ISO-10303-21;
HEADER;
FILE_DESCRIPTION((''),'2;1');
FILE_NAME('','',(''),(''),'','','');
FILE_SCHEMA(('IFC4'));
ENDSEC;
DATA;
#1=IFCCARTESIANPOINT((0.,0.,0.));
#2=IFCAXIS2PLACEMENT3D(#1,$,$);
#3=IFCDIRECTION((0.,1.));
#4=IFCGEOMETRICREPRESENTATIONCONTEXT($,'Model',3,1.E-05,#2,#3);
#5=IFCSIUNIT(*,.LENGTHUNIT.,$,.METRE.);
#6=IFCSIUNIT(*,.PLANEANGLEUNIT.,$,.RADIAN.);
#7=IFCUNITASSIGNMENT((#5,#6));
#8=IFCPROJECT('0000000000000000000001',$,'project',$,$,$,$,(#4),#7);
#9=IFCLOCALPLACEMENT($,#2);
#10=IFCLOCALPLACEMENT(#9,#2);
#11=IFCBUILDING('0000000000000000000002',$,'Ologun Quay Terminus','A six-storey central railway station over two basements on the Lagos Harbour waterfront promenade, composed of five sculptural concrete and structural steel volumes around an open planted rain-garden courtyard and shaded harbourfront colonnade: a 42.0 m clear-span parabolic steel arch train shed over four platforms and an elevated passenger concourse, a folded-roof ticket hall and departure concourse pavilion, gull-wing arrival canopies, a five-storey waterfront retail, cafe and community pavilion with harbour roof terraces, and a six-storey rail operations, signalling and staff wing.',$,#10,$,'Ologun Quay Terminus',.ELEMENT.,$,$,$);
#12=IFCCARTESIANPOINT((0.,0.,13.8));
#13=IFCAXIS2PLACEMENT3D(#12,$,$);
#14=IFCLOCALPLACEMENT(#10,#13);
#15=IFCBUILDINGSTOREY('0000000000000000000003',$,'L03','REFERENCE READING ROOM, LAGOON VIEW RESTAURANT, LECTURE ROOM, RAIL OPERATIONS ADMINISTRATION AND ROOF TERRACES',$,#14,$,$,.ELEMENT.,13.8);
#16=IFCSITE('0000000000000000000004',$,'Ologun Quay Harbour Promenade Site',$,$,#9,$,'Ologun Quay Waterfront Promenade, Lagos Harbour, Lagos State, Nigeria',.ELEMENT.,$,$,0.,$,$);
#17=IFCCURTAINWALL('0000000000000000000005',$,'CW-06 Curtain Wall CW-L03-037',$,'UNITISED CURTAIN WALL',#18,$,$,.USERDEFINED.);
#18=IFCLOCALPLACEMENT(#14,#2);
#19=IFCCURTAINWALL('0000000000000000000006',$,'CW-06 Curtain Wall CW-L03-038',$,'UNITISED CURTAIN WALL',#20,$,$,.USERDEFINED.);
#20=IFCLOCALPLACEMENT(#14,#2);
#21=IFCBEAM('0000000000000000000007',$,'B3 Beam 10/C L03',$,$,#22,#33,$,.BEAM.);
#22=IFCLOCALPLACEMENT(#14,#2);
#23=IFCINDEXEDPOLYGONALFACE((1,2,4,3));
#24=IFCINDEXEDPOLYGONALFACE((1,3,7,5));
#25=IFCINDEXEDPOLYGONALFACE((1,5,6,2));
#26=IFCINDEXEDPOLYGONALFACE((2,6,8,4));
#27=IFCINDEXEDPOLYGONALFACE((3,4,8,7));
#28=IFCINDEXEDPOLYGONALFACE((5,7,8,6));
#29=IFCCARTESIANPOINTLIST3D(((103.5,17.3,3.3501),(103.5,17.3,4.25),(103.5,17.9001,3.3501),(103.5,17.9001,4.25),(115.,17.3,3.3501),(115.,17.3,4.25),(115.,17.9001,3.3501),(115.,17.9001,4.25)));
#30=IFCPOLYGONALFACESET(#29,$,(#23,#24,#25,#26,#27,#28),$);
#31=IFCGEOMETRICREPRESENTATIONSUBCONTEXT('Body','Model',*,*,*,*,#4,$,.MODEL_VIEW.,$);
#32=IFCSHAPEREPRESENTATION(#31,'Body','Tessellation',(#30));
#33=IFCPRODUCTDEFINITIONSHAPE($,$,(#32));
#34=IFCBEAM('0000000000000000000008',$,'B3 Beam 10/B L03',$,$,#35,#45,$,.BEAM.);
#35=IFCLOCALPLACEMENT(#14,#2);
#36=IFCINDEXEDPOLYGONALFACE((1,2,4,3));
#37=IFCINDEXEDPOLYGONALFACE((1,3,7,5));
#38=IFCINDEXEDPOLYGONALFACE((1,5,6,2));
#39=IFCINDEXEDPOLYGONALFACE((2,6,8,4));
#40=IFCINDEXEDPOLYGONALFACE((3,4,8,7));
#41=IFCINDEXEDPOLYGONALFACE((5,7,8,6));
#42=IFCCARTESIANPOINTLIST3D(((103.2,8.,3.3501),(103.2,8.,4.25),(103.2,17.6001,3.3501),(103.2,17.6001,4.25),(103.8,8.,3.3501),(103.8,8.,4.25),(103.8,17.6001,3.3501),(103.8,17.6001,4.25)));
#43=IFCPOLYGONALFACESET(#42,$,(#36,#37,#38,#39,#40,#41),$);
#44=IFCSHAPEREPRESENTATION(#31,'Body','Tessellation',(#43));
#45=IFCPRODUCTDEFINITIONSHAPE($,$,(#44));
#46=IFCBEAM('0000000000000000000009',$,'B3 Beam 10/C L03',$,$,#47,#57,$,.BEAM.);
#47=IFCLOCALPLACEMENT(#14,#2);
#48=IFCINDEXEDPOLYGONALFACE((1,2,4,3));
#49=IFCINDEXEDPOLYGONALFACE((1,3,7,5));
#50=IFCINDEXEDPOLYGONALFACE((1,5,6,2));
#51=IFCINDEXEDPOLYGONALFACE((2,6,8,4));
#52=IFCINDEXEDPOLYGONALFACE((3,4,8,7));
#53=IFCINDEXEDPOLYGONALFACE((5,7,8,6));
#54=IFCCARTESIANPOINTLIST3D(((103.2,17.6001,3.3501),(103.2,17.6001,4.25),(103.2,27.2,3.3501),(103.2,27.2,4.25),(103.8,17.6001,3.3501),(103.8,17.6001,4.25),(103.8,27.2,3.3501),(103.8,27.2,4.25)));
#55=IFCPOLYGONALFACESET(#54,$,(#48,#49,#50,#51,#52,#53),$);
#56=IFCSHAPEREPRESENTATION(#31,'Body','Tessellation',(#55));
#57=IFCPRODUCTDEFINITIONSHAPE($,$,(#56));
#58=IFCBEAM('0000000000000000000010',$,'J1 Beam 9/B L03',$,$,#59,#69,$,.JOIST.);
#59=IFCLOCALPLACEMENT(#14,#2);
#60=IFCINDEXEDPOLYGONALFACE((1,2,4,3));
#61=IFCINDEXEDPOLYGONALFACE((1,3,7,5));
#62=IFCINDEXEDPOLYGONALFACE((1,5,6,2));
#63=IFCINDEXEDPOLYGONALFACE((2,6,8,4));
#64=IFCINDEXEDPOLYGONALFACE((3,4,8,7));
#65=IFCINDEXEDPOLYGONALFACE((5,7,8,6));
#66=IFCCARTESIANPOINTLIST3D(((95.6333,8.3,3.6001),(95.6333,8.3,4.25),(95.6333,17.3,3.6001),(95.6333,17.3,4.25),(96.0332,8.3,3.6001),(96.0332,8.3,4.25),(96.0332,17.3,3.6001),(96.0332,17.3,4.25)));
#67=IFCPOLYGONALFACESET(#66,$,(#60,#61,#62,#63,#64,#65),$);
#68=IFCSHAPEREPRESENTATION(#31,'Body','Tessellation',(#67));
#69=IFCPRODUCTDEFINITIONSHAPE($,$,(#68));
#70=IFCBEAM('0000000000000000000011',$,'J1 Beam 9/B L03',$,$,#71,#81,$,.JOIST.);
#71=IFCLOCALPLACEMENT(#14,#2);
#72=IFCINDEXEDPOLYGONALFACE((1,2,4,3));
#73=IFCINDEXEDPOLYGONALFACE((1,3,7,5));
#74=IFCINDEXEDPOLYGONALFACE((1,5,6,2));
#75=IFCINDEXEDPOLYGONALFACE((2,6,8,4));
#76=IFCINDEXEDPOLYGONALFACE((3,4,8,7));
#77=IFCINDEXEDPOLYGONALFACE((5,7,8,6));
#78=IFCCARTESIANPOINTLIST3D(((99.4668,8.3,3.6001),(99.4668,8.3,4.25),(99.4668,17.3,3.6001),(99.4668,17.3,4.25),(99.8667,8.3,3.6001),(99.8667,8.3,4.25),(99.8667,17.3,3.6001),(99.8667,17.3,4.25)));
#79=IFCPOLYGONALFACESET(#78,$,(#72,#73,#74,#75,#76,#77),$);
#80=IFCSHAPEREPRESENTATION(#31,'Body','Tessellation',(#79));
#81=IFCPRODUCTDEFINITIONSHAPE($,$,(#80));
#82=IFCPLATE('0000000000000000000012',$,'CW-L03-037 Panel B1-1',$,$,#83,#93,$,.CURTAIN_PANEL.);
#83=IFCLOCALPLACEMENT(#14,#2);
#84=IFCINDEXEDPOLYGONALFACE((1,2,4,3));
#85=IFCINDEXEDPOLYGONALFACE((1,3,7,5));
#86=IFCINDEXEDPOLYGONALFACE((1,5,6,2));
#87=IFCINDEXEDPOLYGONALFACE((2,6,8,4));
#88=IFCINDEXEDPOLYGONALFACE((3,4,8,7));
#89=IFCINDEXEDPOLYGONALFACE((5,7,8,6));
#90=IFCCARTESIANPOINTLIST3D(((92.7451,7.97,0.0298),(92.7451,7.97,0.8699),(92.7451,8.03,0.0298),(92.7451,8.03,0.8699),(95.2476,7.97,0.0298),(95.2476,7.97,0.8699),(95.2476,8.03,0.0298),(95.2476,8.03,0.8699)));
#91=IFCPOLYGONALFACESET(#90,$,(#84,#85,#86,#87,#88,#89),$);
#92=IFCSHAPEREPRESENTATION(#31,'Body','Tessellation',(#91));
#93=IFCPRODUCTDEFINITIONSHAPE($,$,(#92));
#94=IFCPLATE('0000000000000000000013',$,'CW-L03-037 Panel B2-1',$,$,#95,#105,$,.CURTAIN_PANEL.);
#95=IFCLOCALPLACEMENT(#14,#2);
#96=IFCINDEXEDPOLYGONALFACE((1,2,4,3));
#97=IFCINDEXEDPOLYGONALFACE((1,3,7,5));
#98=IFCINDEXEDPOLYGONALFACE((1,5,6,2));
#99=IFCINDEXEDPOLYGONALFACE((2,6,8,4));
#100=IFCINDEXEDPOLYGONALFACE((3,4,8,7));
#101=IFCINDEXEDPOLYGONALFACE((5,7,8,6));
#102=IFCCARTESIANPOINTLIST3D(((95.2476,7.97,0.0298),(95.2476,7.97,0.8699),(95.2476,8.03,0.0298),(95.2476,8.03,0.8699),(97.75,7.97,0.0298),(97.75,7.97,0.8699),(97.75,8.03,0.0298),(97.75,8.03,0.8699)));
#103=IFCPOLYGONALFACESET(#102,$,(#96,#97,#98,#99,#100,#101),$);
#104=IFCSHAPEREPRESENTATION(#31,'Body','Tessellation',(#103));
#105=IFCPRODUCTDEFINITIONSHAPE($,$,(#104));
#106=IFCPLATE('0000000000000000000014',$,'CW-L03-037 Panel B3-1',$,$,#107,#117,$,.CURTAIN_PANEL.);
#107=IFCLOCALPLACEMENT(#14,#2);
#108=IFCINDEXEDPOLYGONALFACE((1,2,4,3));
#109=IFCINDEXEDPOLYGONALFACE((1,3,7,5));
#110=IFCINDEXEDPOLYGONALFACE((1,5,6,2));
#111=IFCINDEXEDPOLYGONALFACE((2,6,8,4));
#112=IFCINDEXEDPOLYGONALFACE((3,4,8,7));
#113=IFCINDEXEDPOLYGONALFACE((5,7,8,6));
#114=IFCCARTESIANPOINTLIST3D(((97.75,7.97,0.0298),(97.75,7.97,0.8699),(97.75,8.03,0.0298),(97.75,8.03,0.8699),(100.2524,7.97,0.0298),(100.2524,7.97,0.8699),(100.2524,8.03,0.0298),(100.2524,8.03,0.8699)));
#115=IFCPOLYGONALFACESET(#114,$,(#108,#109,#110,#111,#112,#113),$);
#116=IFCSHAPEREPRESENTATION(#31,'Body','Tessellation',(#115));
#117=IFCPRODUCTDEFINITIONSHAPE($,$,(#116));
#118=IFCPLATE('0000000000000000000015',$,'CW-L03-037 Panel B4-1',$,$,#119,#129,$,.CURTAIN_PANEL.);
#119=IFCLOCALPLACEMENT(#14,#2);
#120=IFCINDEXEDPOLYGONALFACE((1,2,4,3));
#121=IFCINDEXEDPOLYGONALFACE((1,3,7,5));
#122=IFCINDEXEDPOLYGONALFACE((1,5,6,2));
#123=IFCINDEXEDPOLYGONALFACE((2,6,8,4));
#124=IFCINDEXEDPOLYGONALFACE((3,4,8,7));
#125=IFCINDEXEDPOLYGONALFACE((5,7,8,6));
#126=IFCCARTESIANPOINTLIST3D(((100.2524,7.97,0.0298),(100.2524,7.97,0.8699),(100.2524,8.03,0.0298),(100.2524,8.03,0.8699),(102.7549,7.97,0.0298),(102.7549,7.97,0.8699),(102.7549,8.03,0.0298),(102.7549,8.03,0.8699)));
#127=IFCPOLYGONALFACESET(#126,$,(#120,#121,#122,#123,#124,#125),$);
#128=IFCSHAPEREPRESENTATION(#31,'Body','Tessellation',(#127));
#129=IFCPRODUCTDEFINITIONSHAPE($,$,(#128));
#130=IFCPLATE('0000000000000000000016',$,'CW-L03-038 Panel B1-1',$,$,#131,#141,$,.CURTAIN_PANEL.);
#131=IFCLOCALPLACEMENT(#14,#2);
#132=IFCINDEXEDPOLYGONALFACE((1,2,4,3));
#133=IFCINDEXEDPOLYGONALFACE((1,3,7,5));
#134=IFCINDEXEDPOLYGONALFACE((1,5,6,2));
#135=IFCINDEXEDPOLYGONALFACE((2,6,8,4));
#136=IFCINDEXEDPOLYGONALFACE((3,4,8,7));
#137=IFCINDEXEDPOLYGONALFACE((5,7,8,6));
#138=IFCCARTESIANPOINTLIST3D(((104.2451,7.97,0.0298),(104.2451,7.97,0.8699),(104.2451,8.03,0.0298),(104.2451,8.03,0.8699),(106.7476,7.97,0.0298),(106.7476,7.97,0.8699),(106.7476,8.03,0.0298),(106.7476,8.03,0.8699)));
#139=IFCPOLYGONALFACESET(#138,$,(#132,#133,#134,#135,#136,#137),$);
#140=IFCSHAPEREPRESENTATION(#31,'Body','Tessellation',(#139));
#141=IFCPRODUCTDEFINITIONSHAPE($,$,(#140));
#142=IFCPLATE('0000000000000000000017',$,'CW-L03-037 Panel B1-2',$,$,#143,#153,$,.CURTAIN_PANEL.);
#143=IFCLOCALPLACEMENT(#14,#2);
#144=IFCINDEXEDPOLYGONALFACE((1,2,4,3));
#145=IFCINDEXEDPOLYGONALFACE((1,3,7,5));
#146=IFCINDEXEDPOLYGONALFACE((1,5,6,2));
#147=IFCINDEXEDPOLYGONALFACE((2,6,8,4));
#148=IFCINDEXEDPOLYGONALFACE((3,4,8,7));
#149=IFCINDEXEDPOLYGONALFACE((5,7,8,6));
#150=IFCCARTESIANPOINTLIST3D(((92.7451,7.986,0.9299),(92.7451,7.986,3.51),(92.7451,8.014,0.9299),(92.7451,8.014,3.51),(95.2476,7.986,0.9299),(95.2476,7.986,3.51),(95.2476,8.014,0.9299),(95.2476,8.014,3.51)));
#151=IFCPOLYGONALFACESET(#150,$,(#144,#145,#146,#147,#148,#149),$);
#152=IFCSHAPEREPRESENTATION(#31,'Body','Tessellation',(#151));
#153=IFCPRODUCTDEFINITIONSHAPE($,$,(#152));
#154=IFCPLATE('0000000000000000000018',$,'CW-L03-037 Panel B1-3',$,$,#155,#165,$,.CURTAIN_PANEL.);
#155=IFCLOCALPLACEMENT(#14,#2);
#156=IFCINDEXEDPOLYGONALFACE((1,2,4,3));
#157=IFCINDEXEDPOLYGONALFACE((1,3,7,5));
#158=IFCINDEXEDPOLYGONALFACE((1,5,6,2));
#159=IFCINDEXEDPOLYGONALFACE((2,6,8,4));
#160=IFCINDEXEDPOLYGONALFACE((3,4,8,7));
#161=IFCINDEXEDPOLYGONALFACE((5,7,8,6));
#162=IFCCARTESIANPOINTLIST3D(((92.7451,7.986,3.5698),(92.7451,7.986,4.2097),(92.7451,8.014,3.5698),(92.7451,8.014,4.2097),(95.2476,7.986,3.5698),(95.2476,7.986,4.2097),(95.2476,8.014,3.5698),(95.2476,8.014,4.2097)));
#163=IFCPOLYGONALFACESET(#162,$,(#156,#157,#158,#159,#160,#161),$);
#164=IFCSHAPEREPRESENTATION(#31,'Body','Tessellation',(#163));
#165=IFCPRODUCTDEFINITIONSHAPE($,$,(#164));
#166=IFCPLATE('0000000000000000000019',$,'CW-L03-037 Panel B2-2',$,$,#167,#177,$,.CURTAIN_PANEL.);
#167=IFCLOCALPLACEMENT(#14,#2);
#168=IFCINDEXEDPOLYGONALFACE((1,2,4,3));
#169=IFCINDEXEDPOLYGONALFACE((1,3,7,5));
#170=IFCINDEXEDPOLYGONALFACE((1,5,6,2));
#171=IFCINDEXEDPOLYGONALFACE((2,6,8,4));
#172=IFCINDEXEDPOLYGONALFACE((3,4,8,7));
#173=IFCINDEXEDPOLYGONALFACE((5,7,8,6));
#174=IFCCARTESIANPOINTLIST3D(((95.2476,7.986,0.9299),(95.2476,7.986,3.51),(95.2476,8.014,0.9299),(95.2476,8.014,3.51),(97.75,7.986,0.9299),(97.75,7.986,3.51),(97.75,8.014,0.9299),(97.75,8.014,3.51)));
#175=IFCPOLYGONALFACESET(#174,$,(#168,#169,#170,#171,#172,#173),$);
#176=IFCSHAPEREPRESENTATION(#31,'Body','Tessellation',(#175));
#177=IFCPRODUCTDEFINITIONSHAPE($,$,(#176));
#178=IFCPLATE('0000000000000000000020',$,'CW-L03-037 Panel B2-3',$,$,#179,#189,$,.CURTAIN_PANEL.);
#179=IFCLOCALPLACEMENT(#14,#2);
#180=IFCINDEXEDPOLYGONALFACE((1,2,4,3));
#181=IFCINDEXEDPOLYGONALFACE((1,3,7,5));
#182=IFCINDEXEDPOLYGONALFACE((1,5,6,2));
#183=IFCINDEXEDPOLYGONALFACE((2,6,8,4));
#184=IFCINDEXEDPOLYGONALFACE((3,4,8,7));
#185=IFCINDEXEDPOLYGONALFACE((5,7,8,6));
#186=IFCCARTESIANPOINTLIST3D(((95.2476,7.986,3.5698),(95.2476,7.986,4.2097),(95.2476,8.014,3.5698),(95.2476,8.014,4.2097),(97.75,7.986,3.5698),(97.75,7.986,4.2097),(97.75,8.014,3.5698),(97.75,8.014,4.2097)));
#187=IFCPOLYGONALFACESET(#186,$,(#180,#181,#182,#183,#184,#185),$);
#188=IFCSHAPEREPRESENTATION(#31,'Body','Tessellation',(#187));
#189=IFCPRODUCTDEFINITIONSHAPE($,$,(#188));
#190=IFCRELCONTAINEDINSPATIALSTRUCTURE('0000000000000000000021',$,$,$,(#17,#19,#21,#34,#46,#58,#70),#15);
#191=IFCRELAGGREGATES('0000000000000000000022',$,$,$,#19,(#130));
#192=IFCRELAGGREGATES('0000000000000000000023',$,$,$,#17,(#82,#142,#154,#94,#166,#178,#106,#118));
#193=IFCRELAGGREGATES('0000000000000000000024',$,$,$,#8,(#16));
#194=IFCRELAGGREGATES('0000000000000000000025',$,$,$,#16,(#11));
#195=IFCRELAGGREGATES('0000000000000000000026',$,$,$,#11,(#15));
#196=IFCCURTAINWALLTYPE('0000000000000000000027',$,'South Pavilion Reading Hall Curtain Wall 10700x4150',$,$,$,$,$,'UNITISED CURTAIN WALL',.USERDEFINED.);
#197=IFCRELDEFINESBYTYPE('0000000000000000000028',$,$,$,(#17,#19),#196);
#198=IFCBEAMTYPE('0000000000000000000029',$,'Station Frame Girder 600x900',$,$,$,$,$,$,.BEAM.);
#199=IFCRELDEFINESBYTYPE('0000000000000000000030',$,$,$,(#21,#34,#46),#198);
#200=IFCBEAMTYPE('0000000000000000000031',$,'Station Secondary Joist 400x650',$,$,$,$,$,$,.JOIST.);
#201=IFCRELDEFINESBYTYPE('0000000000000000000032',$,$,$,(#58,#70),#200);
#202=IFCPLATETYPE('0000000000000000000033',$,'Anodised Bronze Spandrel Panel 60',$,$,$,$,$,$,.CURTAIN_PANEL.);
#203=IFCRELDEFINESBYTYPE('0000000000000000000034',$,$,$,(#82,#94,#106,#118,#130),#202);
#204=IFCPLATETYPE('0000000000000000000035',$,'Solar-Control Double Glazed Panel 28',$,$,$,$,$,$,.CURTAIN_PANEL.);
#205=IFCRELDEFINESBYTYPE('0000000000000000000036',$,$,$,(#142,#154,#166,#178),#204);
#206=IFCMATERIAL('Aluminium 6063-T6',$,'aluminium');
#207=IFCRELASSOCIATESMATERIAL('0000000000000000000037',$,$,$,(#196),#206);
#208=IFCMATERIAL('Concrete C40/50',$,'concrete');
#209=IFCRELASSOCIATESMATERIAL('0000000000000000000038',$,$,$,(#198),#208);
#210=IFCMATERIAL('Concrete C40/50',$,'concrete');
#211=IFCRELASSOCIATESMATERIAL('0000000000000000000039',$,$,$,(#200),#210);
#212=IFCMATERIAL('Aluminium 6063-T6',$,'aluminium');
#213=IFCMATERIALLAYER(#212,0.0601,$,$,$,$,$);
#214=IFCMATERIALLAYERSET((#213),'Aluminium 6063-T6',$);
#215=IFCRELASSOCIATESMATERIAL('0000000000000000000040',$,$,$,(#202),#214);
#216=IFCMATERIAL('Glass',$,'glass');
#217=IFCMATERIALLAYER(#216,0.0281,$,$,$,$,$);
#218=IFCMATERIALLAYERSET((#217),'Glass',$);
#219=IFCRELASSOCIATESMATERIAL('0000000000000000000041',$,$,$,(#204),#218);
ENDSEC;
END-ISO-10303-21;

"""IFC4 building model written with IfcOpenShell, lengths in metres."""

from ifc_helpers import new_model, si_unit, direction, frame, origin, origin_2d, place, context, subcontext, project, spatial, rectangle, extrude, material, layer, layer_set, material_profile, profile_set, type_object, element, aggregate, save


model = new_model("IFC4")

# Units and contexts
model_context = context("Model", 3, precision=1e-05, world=origin(), true_north=direction((0.0, 1.0)))
body_context = subcontext(model_context, "Body", "Model", "MODEL_VIEW")
ifc_project = project(units=[si_unit("LENGTHUNIT", "METRE"), si_unit("PLANEANGLEUNIT", "RADIAN")], contexts=[model_context])

# Site, building, storey
site_placement = place(None, origin())
site = spatial("IfcSite", under=ifc_project, at=site_placement, Name="Ologun Quay Harbour Promenade Site", LongName="Ologun Quay Waterfront Promenade, Lagos Harbour, Lagos State, Nigeria", CompositionType="ELEMENT", RefElevation=0.0)
building_placement = place(site_placement, origin())
building = spatial("IfcBuilding", under=site, at=building_placement, Name="Ologun Quay Terminus", Description="A six-storey central railway station over two basements on the Lagos Harbour waterfront promenade, composed of five sculptural concrete and structural steel volumes around an open planted rain-garden courtyard and shaded harbourfront colonnade: a 42.0 m clear-span parabolic steel arch train shed over four platforms and an elevated passenger concourse, a folded-roof ticket hall and departure concourse pavilion, gull-wing arrival canopies, a five-storey waterfront retail, cafe and community pavilion with harbour roof terraces, and a six-storey rail operations, signalling and staff wing.", LongName="Ologun Quay Terminus", CompositionType="ELEMENT")
storey_placement = place(building_placement, frame((0.0, 0.0, 13.8)))
storey = spatial("IfcBuildingStorey", under=building, at=storey_placement, Name="L03", Description="REFERENCE READING ROOM, LAGOON VIEW RESTAURANT, LECTURE ROOM, RAIL OPERATIONS ADMINISTRATION AND ROOF TERRACES", CompositionType="ELEMENT", Elevation=13.8)

# Curtain wall
ifc_material_1 = material(Name="Aluminium 6063-T6", Category="aluminium")
curtain_wall_type = type_object("IfcCurtainWallType", Name="South Pavilion Reading Hall Curtain Wall 10700x4150", ElementType="UNITISED CURTAIN WALL", PredefinedType="USERDEFINED", material=ifc_material_1)
curtain_wall_1_placement = place(storey_placement, origin())
curtain_wall_1 = element("IfcCurtainWall", 1, at=curtain_wall_1_placement, inside=storey, type_object=curtain_wall_type, Name="CW-06 Curtain Wall CW-L03-037", ObjectType="UNITISED CURTAIN WALL", PredefinedType="USERDEFINED")

# Curtain wall
curtain_wall_2_placement = place(storey_placement, origin())
curtain_wall_2 = element("IfcCurtainWall", 2, at=curtain_wall_2_placement, inside=storey, type_object=curtain_wall_type, Name="CW-06 Curtain Wall CW-L03-038", ObjectType="UNITISED CURTAIN WALL", PredefinedType="USERDEFINED")

# Beams
ifc_material_2 = material(Name="Concrete C40/50", Category="concrete")
ifc_material_profile_1 = material_profile(ifc_material_2, rectangle(XDim=0.6001, YDim=0.8999, at=origin_2d()), Name="RC 600x900")
ifc_profile_set_1 = profile_set([ifc_material_profile_1], Name="Concrete C40/50")
beam_type_1 = type_object("IfcBeamType", Name="Station Frame Girder 600x900", PredefinedType="BEAM", material=ifc_profile_set_1)
for number, where, z_axis, x_axis, name in (
    (3, (103.5, 17.6001, 3.8), (1.0, 0.0, 0.0), (0.0, 1.0, 0.0), "B3 Beam 10/C L03"),
):
    element("IfcBeam", number, at=place(storey_placement, frame(where, z_axis=z_axis, x_axis=x_axis)), inside=storey, type_object=beam_type_1, Name=name, PredefinedType="BEAM", context=body_context, shape_type="SweptSolid", body=[
        extrude(rectangle(XDim=0.6001, YDim=0.8999, at=origin_2d()), origin(), (0.0, 0.0, 1.0), 11.5),
    ])
beam_1_placement = place(storey_placement, frame((103.5, 8.0, 3.8), z_axis=(0.0, 1.0, 0.0), x_axis=(-1.0, 0.0, 0.0)))
element("IfcBeam", 4, at=beam_1_placement, inside=storey, type_object=beam_type_1, Name="B3 Beam 10/B L03", PredefinedType="BEAM", context=body_context, shape_type="SweptSolid", body=[
    extrude(rectangle(XDim=0.6001, YDim=0.8999, at=origin_2d()), origin(), (0.0, 0.0, 1.0), 9.6001),
])
beam_2_placement = place(storey_placement, frame((103.5, 17.6001, 3.8), z_axis=(0.0, 1.0, 0.0), x_axis=(-1.0, 0.0, 0.0)))
element("IfcBeam", 5, at=beam_2_placement, inside=storey, type_object=beam_type_1, Name="B3 Beam 10/C L03", PredefinedType="BEAM", context=body_context, shape_type="SweptSolid", body=[
    extrude(rectangle(XDim=0.6001, YDim=0.8999, at=origin_2d()), origin(), (0.0, 0.0, 1.0), 9.5999),
])
ifc_material_3 = material(Name="Concrete C40/50", Category="concrete")
ifc_material_profile_2 = material_profile(ifc_material_3, rectangle(XDim=0.3999, YDim=0.6499, at=origin_2d()), Name="RC 400x650")
ifc_profile_set_2 = profile_set([ifc_material_profile_2], Name="Concrete C40/50")
beam_type_2 = type_object("IfcBeamType", Name="Station Secondary Joist 400x650", PredefinedType="JOIST", material=ifc_profile_set_2)
for number, where, z_axis, x_axis, name in (
    (6, (95.8333, 8.3, 3.925), (0.0, 1.0, 0.0), (-1.0, 0.0, 0.0), "J1 Beam 9/B L03"),
    (7, (99.6667, 8.3, 3.925), (0.0, 1.0, 0.0), (-1.0, 0.0, 0.0), "J1 Beam 9/B L03"),
):
    element("IfcBeam", number, at=place(storey_placement, frame(where, z_axis=z_axis, x_axis=x_axis)), inside=storey, type_object=beam_type_2, Name=name, PredefinedType="JOIST", context=body_context, shape_type="SweptSolid", body=[
        extrude(rectangle(XDim=0.3999, YDim=0.6499, at=origin_2d()), origin(), (0.0, 0.0, 1.0), 9.0),
    ])

# Plates
ifc_material_4 = material(Name="Aluminium 6063-T6", Category="aluminium")
ifc_layer_1 = layer(ifc_material_4, 0.0601)
ifc_layer_set_1 = layer_set([ifc_layer_1], Name="Aluminium 6063-T6")
plate_type_1 = type_object("IfcPlateType", Name="Anodised Bronze Spandrel Panel 60", PredefinedType="CURTAIN_PANEL", material=ifc_layer_set_1)
plate_1_placement = place(storey_placement, frame((93.9963, 8.0, 0.0298), z_axis=(0.0, 0.0, 1.0), x_axis=(1.0, 0.0, 0.0)))
plate_1 = element("IfcPlate", 8, at=plate_1_placement, type_object=plate_type_1, Name="CW-L03-037 Panel B1-1", PredefinedType="CURTAIN_PANEL", context=body_context, shape_type="SweptSolid", body=[
    extrude(rectangle(XDim=2.5024, YDim=0.0601, at=origin_2d()), origin(), (0.0, 0.0, 1.0), 0.8401),
])
plate_2_placement = place(storey_placement, frame((96.4988, 8.0, 0.0298), z_axis=(0.0, 0.0, 1.0), x_axis=(1.0, 0.0, 0.0)))
plate_2 = element("IfcPlate", 9, at=plate_2_placement, type_object=plate_type_1, Name="CW-L03-037 Panel B2-1", PredefinedType="CURTAIN_PANEL", context=body_context, shape_type="SweptSolid", body=[
    extrude(rectangle(XDim=2.5024, YDim=0.0601, at=origin_2d()), origin(), (0.0, 0.0, 1.0), 0.8401),
])
plate_3_placement = place(storey_placement, frame((99.0012, 8.0, 0.0298), z_axis=(0.0, 0.0, 1.0), x_axis=(1.0, 0.0, 0.0)))
plate_3 = element("IfcPlate", 10, at=plate_3_placement, type_object=plate_type_1, Name="CW-L03-037 Panel B3-1", PredefinedType="CURTAIN_PANEL", context=body_context, shape_type="SweptSolid", body=[
    extrude(rectangle(XDim=2.5024, YDim=0.0601, at=origin_2d()), origin(), (0.0, 0.0, 1.0), 0.8401),
])
plate_4_placement = place(storey_placement, frame((101.5037, 8.0, 0.0298), z_axis=(0.0, 0.0, 1.0), x_axis=(1.0, 0.0, 0.0)))
plate_4 = element("IfcPlate", 11, at=plate_4_placement, type_object=plate_type_1, Name="CW-L03-037 Panel B4-1", PredefinedType="CURTAIN_PANEL", context=body_context, shape_type="SweptSolid", body=[
    extrude(rectangle(XDim=2.5024, YDim=0.0601, at=origin_2d()), origin(), (0.0, 0.0, 1.0), 0.8401),
])
plate_5_placement = place(storey_placement, frame((105.4963, 8.0, 0.0298), z_axis=(0.0, 0.0, 1.0), x_axis=(1.0, 0.0, 0.0)))
plate_5 = element("IfcPlate", 12, at=plate_5_placement, type_object=plate_type_1, Name="CW-L03-038 Panel B1-1", PredefinedType="CURTAIN_PANEL", context=body_context, shape_type="SweptSolid", body=[
    extrude(rectangle(XDim=2.5024, YDim=0.0601, at=origin_2d()), origin(), (0.0, 0.0, 1.0), 0.8401),
])
aggregate(curtain_wall_2, [plate_5])
ifc_material_5 = material(Name="Glass", Category="glass")
ifc_layer_2 = layer(ifc_material_5, 0.0281)
ifc_layer_set_2 = layer_set([ifc_layer_2], Name="Glass")
plate_type_2 = type_object("IfcPlateType", Name="Solar-Control Double Glazed Panel 28", PredefinedType="CURTAIN_PANEL", material=ifc_layer_set_2)
plate_6_placement = place(storey_placement, frame((93.9963, 8.0, 0.9299), z_axis=(0.0, 0.0, 1.0), x_axis=(1.0, 0.0, 0.0)))
plate_6 = element("IfcPlate", 13, at=plate_6_placement, type_object=plate_type_2, Name="CW-L03-037 Panel B1-2", PredefinedType="CURTAIN_PANEL", context=body_context, shape_type="SweptSolid", body=[
    extrude(rectangle(XDim=2.5024, YDim=0.0281, at=origin_2d()), origin(), (0.0, 0.0, 1.0), 2.5801),
])
plate_7_placement = place(storey_placement, frame((93.9963, 8.0, 3.5698), z_axis=(0.0, 0.0, 1.0), x_axis=(1.0, 0.0, 0.0)))
plate_7 = element("IfcPlate", 14, at=plate_7_placement, type_object=plate_type_2, Name="CW-L03-037 Panel B1-3", PredefinedType="CURTAIN_PANEL", context=body_context, shape_type="SweptSolid", body=[
    extrude(rectangle(XDim=2.5024, YDim=0.0281, at=origin_2d()), origin(), (0.0, 0.0, 1.0), 0.6399),
])
plate_8_placement = place(storey_placement, frame((96.4988, 8.0, 0.9299), z_axis=(0.0, 0.0, 1.0), x_axis=(1.0, 0.0, 0.0)))
plate_8 = element("IfcPlate", 15, at=plate_8_placement, type_object=plate_type_2, Name="CW-L03-037 Panel B2-2", PredefinedType="CURTAIN_PANEL", context=body_context, shape_type="SweptSolid", body=[
    extrude(rectangle(XDim=2.5024, YDim=0.0281, at=origin_2d()), origin(), (0.0, 0.0, 1.0), 2.5801),
])
plate_9_placement = place(storey_placement, frame((96.4988, 8.0, 3.5698), z_axis=(0.0, 0.0, 1.0), x_axis=(1.0, 0.0, 0.0)))
plate_9 = element("IfcPlate", 16, at=plate_9_placement, type_object=plate_type_2, Name="CW-L03-037 Panel B2-3", PredefinedType="CURTAIN_PANEL", context=body_context, shape_type="SweptSolid", body=[
    extrude(rectangle(XDim=2.5024, YDim=0.0281, at=origin_2d()), origin(), (0.0, 0.0, 1.0), 0.6399),
])
aggregate(curtain_wall_1, [plate_1, plate_6, plate_7, plate_2, plate_8, plate_9, plate_3, plate_4])

save(model, "model.ifc")
